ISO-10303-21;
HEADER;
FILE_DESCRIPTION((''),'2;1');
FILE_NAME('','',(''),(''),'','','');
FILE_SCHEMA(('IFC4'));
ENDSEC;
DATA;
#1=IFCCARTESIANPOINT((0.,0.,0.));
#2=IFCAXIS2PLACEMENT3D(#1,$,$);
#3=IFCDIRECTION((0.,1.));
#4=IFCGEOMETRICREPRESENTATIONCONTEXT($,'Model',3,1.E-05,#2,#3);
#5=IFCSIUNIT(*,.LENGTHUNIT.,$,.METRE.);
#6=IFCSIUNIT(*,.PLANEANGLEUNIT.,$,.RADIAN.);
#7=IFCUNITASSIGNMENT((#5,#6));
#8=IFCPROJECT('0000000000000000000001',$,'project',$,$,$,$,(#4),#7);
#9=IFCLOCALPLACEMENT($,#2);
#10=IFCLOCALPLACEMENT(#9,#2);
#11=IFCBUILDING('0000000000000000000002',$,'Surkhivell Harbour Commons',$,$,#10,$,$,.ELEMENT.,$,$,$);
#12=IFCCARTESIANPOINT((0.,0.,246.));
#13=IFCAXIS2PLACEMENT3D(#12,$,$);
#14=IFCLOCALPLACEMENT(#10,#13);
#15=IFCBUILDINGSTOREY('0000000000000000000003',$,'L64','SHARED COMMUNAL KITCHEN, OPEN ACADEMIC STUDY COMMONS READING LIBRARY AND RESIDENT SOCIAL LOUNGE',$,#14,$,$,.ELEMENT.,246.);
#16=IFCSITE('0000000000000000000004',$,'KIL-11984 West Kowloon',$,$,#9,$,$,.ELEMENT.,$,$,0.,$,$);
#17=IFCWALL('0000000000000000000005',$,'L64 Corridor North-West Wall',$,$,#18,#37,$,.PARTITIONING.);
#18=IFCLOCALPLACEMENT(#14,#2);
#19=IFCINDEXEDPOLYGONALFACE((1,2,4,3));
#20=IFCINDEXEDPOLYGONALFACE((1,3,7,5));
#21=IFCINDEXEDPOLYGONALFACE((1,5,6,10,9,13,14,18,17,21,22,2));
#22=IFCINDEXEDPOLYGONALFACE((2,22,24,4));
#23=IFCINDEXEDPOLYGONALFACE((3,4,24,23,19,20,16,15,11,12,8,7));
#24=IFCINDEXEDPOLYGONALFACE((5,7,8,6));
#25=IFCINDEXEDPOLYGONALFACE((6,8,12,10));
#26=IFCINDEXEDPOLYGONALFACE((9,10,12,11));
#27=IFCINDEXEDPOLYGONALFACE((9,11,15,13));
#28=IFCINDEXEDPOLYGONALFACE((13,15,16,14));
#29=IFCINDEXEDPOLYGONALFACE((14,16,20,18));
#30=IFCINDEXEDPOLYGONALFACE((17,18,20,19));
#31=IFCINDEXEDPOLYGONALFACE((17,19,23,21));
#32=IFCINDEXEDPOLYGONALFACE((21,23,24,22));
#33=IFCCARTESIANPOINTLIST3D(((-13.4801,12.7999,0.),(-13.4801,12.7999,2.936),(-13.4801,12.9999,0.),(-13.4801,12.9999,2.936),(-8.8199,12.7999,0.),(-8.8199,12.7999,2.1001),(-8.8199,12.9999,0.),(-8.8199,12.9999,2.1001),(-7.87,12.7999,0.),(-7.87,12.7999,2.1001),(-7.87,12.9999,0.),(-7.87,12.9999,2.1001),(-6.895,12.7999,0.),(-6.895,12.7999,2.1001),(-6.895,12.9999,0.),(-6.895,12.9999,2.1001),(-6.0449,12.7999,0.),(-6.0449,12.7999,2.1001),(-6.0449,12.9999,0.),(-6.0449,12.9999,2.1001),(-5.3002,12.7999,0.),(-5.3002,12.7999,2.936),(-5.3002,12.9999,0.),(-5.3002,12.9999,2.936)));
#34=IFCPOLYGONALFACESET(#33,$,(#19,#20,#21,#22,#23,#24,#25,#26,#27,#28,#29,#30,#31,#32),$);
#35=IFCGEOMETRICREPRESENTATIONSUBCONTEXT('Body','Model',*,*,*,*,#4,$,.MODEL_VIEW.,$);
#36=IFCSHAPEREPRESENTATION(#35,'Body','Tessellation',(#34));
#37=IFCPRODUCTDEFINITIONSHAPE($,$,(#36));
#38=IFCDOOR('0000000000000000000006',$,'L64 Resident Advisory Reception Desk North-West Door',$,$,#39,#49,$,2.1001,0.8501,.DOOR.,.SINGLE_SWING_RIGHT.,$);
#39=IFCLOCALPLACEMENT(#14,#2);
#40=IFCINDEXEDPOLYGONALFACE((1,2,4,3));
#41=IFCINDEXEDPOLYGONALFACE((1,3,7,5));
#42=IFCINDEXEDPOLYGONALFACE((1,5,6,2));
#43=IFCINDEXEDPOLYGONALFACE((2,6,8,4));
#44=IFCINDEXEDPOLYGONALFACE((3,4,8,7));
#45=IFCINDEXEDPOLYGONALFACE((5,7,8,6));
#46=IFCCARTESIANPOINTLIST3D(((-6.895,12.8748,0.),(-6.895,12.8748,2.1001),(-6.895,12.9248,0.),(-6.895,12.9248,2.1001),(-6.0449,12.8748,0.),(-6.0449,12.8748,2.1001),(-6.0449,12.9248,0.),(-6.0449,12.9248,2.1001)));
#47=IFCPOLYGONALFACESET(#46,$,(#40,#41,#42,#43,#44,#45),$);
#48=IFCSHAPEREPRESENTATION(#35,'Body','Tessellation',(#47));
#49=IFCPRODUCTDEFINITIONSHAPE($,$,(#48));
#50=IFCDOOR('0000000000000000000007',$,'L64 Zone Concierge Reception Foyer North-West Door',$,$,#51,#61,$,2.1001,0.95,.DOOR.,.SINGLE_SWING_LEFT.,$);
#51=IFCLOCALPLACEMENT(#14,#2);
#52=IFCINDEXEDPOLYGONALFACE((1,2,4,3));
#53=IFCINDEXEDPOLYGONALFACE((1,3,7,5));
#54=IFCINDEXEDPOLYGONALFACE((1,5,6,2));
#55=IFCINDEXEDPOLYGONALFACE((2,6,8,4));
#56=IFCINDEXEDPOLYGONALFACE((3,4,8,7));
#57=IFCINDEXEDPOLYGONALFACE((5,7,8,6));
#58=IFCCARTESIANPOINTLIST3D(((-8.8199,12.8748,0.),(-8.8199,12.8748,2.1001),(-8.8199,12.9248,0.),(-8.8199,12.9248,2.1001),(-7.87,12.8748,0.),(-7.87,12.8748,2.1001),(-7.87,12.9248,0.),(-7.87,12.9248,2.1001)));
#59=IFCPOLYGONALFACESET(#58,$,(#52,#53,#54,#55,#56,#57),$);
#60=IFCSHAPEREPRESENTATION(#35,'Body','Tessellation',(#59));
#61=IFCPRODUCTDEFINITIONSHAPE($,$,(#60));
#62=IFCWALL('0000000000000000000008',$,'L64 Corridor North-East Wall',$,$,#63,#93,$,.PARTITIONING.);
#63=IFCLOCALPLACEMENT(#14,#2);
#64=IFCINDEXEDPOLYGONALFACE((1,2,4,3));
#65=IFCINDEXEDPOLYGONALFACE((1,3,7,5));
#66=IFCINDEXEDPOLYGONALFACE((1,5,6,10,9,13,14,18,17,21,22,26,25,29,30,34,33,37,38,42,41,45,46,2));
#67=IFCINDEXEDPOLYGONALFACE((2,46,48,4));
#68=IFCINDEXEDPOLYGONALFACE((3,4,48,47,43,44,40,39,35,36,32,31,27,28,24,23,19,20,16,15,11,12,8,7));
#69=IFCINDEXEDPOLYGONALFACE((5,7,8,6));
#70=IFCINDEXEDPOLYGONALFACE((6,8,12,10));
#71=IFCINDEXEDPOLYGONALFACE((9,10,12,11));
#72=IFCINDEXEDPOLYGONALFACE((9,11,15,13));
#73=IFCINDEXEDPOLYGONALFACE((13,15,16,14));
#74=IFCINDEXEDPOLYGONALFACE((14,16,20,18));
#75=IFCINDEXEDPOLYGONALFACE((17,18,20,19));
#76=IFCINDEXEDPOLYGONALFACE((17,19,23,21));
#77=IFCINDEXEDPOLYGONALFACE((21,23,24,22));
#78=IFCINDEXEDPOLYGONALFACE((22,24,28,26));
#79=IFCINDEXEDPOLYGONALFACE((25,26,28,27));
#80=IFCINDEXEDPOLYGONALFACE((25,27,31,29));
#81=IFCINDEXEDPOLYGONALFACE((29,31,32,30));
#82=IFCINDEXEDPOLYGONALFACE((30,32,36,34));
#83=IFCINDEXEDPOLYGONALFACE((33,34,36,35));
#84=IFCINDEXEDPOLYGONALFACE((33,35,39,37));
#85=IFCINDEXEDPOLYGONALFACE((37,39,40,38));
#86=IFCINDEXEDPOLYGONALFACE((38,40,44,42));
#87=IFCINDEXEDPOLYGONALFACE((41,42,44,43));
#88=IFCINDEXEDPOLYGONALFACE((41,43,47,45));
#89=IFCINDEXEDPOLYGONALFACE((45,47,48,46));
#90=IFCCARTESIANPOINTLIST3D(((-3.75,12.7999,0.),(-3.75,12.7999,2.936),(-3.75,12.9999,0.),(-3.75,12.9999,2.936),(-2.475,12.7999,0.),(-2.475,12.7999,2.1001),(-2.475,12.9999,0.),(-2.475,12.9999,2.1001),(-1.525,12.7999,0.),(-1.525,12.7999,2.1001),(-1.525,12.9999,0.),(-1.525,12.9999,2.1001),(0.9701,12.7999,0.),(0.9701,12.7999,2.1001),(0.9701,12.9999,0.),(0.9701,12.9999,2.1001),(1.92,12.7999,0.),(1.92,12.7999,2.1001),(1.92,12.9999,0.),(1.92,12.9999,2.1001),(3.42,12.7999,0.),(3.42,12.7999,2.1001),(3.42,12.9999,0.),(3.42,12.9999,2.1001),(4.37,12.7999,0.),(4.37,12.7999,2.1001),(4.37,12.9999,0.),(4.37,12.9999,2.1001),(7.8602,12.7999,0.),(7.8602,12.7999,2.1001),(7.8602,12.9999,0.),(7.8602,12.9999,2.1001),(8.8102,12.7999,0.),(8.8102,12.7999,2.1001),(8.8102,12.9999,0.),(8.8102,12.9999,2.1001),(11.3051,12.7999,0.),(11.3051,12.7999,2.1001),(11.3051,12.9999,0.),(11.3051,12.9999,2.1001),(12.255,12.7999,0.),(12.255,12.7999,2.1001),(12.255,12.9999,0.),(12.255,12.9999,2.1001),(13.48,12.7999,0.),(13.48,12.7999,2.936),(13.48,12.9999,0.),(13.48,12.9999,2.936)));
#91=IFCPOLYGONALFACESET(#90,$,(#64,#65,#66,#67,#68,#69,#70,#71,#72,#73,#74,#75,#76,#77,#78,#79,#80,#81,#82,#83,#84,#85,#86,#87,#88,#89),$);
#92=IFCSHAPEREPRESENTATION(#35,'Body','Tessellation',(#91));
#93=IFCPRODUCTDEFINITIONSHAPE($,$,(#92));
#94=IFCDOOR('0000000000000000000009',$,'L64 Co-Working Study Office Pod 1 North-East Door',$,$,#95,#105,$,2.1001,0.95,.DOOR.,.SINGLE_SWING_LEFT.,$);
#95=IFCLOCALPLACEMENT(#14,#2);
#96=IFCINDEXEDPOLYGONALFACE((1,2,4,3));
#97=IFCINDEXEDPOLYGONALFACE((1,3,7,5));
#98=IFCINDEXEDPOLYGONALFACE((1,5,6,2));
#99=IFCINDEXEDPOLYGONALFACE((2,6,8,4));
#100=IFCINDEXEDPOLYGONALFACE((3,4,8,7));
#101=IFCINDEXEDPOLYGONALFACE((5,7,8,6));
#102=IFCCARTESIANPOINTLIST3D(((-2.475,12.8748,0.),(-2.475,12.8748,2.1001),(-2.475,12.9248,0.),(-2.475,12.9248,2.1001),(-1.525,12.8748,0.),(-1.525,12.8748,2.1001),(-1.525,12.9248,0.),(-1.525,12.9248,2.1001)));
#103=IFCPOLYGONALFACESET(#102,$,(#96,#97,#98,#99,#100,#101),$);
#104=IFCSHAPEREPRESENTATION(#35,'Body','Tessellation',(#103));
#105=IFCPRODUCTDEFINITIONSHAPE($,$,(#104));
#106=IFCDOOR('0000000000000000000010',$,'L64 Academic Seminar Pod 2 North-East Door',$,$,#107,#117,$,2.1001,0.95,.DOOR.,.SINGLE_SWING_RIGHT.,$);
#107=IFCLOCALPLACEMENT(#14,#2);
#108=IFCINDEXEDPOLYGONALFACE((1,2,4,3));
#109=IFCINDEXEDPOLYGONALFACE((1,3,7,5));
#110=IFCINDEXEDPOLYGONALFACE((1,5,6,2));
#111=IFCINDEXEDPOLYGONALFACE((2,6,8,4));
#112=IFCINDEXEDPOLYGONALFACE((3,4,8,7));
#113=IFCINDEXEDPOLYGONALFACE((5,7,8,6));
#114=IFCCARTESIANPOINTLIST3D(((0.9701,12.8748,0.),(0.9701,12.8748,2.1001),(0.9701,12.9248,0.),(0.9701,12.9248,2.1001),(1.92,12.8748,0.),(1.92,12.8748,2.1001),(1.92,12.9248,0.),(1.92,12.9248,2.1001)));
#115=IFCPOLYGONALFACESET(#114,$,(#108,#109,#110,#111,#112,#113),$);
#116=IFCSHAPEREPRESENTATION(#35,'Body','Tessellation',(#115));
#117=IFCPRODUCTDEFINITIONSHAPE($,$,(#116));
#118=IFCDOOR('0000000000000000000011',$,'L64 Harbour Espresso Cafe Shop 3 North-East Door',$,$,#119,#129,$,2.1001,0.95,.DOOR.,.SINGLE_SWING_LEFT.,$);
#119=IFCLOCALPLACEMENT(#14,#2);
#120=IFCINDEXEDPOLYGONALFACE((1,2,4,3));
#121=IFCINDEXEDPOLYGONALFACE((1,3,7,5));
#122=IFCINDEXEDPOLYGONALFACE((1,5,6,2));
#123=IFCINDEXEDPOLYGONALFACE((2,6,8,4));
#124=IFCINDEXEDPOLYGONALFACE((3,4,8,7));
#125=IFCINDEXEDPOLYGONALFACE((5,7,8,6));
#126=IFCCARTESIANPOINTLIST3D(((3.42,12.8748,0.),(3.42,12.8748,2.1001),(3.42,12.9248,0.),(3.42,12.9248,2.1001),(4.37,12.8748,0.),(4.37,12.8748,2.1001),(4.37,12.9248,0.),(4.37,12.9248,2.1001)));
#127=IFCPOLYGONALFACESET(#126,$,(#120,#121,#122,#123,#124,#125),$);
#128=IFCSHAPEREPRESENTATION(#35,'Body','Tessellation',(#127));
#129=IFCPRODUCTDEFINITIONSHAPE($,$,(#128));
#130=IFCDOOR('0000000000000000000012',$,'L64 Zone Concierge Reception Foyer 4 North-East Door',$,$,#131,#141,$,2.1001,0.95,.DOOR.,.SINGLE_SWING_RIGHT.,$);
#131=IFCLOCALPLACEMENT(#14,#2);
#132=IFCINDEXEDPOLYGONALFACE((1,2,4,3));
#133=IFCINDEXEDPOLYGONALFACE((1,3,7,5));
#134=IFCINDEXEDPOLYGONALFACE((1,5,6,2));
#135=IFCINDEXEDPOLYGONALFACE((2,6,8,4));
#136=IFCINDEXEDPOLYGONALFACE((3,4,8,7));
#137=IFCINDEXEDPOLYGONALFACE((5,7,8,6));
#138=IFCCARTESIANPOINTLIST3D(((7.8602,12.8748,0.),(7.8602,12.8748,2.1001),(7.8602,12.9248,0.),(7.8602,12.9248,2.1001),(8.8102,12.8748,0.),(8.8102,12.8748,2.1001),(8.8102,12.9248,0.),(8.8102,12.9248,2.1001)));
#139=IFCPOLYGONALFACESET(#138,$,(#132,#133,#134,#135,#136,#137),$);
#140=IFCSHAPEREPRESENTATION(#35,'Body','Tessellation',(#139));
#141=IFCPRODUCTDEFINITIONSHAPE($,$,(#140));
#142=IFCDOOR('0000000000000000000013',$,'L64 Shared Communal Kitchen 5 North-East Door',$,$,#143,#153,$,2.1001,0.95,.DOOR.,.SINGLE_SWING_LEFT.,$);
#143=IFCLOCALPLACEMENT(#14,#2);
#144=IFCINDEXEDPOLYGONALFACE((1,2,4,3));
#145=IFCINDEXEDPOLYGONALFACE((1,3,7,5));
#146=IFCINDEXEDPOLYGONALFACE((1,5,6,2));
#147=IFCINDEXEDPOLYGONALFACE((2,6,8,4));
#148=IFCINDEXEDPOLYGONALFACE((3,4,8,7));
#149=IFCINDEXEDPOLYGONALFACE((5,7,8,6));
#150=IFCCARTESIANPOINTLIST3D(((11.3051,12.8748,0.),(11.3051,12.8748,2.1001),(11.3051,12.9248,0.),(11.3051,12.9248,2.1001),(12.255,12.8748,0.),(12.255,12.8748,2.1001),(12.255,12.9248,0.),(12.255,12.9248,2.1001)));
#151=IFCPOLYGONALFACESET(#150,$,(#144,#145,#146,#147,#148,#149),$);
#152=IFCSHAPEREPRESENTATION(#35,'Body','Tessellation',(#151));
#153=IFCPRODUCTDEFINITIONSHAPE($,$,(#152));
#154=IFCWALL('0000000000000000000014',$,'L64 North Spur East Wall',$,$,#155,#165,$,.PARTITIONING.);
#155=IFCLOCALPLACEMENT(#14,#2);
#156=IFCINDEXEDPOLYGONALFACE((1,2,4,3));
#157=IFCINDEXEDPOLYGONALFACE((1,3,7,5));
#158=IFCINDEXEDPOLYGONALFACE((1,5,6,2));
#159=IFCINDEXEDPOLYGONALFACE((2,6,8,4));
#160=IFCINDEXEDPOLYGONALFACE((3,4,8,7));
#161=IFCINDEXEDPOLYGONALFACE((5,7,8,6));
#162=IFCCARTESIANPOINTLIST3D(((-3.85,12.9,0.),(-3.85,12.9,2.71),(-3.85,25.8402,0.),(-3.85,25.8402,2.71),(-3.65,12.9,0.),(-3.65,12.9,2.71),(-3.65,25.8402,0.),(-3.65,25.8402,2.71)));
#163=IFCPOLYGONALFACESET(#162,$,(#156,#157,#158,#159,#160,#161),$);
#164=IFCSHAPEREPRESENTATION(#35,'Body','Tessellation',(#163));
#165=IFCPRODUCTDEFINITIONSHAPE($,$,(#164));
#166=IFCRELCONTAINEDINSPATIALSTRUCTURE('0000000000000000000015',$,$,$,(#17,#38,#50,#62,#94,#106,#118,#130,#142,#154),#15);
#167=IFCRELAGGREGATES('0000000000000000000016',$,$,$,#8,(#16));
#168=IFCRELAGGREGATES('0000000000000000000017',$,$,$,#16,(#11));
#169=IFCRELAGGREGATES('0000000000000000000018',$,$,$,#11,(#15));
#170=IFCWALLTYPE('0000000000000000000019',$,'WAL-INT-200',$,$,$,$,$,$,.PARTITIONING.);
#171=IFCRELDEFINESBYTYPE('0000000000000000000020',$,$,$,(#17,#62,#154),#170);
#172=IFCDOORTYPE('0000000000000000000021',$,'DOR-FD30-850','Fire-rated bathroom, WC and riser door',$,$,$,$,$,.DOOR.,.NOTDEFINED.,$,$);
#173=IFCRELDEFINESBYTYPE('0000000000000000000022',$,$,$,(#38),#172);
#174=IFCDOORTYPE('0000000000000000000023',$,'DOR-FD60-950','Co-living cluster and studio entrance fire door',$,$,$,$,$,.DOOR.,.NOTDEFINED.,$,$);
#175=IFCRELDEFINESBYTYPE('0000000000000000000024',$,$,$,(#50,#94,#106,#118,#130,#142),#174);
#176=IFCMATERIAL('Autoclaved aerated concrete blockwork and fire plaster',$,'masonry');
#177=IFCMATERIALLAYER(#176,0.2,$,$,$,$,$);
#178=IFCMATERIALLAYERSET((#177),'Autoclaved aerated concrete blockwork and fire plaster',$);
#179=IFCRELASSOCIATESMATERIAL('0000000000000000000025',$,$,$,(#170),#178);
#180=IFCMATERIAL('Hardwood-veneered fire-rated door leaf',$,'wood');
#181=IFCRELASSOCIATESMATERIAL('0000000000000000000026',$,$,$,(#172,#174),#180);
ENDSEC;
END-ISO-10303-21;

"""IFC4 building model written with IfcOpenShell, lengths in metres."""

from ifc_helpers import new_model, si_unit, direction, frame, frame_2d, origin, place, context, subcontext, project, spatial, rectangle, extrude, material, layer, layer_set, type_object, element, fill, save


model = new_model("IFC4")

# Units and contexts
model_context = context("Model", 3, precision=1e-05, world=origin(), true_north=direction((0.0, 1.0)))
body_context = subcontext(model_context, "Body", "Model", "MODEL_VIEW")
ifc_project = project(units=[si_unit("LENGTHUNIT", "METRE"), si_unit("PLANEANGLEUNIT", "RADIAN")], contexts=[model_context])

# Site, building, storey
site_placement = place(None, origin())
site = spatial("IfcSite", under=ifc_project, at=site_placement, Name="KIL-11984 West Kowloon", CompositionType="ELEMENT", RefElevation=0.0)
building_placement = place(site_placement, origin())
building = spatial("IfcBuilding", under=site, at=building_placement, Name="Surkhivell Harbour Commons", CompositionType="ELEMENT")
storey_placement = place(building_placement, frame((0.0, 0.0, 246.0)))
storey = spatial("IfcBuildingStorey", under=building, at=storey_placement, Name="L64", Description="SHARED COMMUNAL KITCHEN, OPEN ACADEMIC STUDY COMMONS READING LIBRARY AND RESIDENT SOCIAL LOUNGE", CompositionType="ELEMENT", Elevation=246.0)

# Shared definitions
ifc_material_1 = material(Name="Hardwood-veneered fire-rated door leaf", Category="wood")

# Walls, openings, doors
ifc_material_2 = material(Name="Autoclaved aerated concrete blockwork and fire plaster", Category="masonry")
ifc_layer_1 = layer(ifc_material_2, 0.2)
ifc_layer_set_1 = layer_set([ifc_layer_1], Name="Autoclaved aerated concrete blockwork and fire plaster")
wall_type_1 = type_object("IfcWallType", Name="WAL-INT-200", PredefinedType="PARTITIONING", material=ifc_layer_set_1)
wall_1_placement = place(storey_placement, frame((-13.48, 12.8999, 0.0), z_axis=(0.0, 0.0, 1.0), x_axis=(1.0, 0.0, 0.0)))
wall_1 = element("IfcWall", 1, at=wall_1_placement, inside=storey, type_object=wall_type_1, Name="L64 Corridor North-West Wall", PredefinedType="PARTITIONING", context=body_context, shape_type="SweptSolid", body=[
    extrude(rectangle(XDim=8.1799, YDim=0.2, at=frame_2d((4.0898, 0.0))), origin(), (0.0, 0.0, 1.0), 2.936),
])
opening_1_placement = place(wall_1_placement, frame((4.6599, 0.0, 0.0)))
opening_1 = element("IfcOpeningElement", 2, at=opening_1_placement, cuts=wall_1, PredefinedType="OPENING", context=body_context, shape_type="SweptSolid", body=[
    extrude(rectangle(XDim=0.95, YDim=2.1001, at=frame_2d((0.4751, 1.05))), frame((0.0, 0.1099, 0.0), z_axis=(0.0, -1.0, 0.0), x_axis=(1.0, 0.0, 0.0)), (0.0, 0.0, 1.0), 0.22),
])
opening_2_placement = place(wall_1_placement, frame((6.585, 0.0, 0.0)))
opening_2 = element("IfcOpeningElement", 3, at=opening_2_placement, cuts=wall_1, PredefinedType="OPENING", context=body_context, shape_type="SweptSolid", body=[
    extrude(rectangle(XDim=0.8501, YDim=2.1001, at=frame_2d((0.425, 1.05))), frame((0.0, 0.1099, 0.0), z_axis=(0.0, -1.0, 0.0), x_axis=(1.0, 0.0, 0.0)), (0.0, 0.0, 1.0), 0.22),
])
door_type_1 = type_object("IfcDoorType", Name="DOR-FD30-850", Description="Fire-rated bathroom, WC and riser door", OperationType="NOTDEFINED", PredefinedType="DOOR", material=ifc_material_1)
door_1_placement = place(opening_2_placement, origin())
door_1 = element("IfcDoor", 4, at=door_1_placement, inside=storey, type_object=door_type_1, Name="L64 Resident Advisory Reception Desk North-West Door", OperationType="SINGLE_SWING_RIGHT", OverallHeight=2.1001, OverallWidth=0.8501, PredefinedType="DOOR", context=body_context, shape_type="SweptSolid", body=[
    extrude(rectangle(XDim=0.8501, YDim=2.1001, at=frame_2d((0.425, 1.05))), frame((0.0, 0.0249, 0.0), z_axis=(0.0, -1.0, 0.0), x_axis=(1.0, 0.0, 0.0)), (0.0, 0.0, 1.0), 0.05),
])
fill(opening_2, door_1)
door_type_2 = type_object("IfcDoorType", Name="DOR-FD60-950", Description="Co-living cluster and studio entrance fire door", OperationType="NOTDEFINED", PredefinedType="DOOR", material=ifc_material_1)
door_2_placement = place(opening_1_placement, origin())
door_2 = element("IfcDoor", 5, at=door_2_placement, inside=storey, type_object=door_type_2, Name="L64 Zone Concierge Reception Foyer North-West Door", OperationType="SINGLE_SWING_LEFT", OverallHeight=2.1001, OverallWidth=0.95, PredefinedType="DOOR", context=body_context, shape_type="SweptSolid", body=[
    extrude(rectangle(XDim=0.95, YDim=2.1001, at=frame_2d((0.4751, 1.05))), frame((0.0, 0.0249, 0.0), z_axis=(0.0, -1.0, 0.0), x_axis=(1.0, 0.0, 0.0)), (0.0, 0.0, 1.0), 0.05),
])
fill(opening_1, door_2)
wall_2_placement = place(storey_placement, frame((-3.75, 12.8999, 0.0), z_axis=(0.0, 0.0, 1.0), x_axis=(1.0, 0.0, 0.0)))
wall_2 = element("IfcWall", 6, at=wall_2_placement, inside=storey, type_object=wall_type_1, Name="L64 Corridor North-East Wall", PredefinedType="PARTITIONING", context=body_context, shape_type="SweptSolid", body=[
    extrude(rectangle(XDim=17.23, YDim=0.2, at=frame_2d((8.615, 0.0))), origin(), (0.0, 0.0, 1.0), 2.936),
])
opening_3_placement = place(wall_2_placement, frame((1.2749, 0.0, 0.0)))
opening_3 = element("IfcOpeningElement", 7, at=opening_3_placement, cuts=wall_2, PredefinedType="OPENING", context=body_context, shape_type="SweptSolid", body=[
    extrude(rectangle(XDim=0.95, YDim=2.1001, at=frame_2d((0.4751, 1.05))), frame((0.0, 0.1099, 0.0), z_axis=(0.0, -1.0, 0.0), x_axis=(1.0, 0.0, 0.0)), (0.0, 0.0, 1.0), 0.22),
])
opening_4_placement = place(wall_2_placement, frame((4.72, 0.0, 0.0)))
opening_4 = element("IfcOpeningElement", 8, at=opening_4_placement, cuts=wall_2, PredefinedType="OPENING", context=body_context, shape_type="SweptSolid", body=[
    extrude(rectangle(XDim=0.95, YDim=2.1001, at=frame_2d((0.4751, 1.05))), frame((0.0, 0.1099, 0.0), z_axis=(0.0, -1.0, 0.0), x_axis=(1.0, 0.0, 0.0)), (0.0, 0.0, 1.0), 0.22),
])
opening_5_placement = place(wall_2_placement, frame((7.1699, 0.0, 0.0)))
opening_5 = element("IfcOpeningElement", 9, at=opening_5_placement, cuts=wall_2, PredefinedType="OPENING", context=body_context, shape_type="SweptSolid", body=[
    extrude(rectangle(XDim=0.95, YDim=2.1001, at=frame_2d((0.4751, 1.05))), frame((0.0, 0.1099, 0.0), z_axis=(0.0, -1.0, 0.0), x_axis=(1.0, 0.0, 0.0)), (0.0, 0.0, 1.0), 0.22),
])
opening_6_placement = place(wall_2_placement, frame((11.6101, 0.0, 0.0)))
opening_6 = element("IfcOpeningElement", 10, at=opening_6_placement, cuts=wall_2, PredefinedType="OPENING", context=body_context, shape_type="SweptSolid", body=[
    extrude(rectangle(XDim=0.95, YDim=2.1001, at=frame_2d((0.4751, 1.05))), frame((0.0, 0.1099, 0.0), z_axis=(0.0, -1.0, 0.0), x_axis=(1.0, 0.0, 0.0)), (0.0, 0.0, 1.0), 0.22),
])
opening_7_placement = place(wall_2_placement, frame((15.0549, 0.0, 0.0)))
opening_7 = element("IfcOpeningElement", 11, at=opening_7_placement, cuts=wall_2, PredefinedType="OPENING", context=body_context, shape_type="SweptSolid", body=[
    extrude(rectangle(XDim=0.95, YDim=2.1001, at=frame_2d((0.4751, 1.05))), frame((0.0, 0.1099, 0.0), z_axis=(0.0, -1.0, 0.0), x_axis=(1.0, 0.0, 0.0)), (0.0, 0.0, 1.0), 0.22),
])
door_3_placement = place(opening_3_placement, origin())
door_3 = element("IfcDoor", 12, at=door_3_placement, inside=storey, type_object=door_type_2, Name="L64 Co-Working Study Office Pod 1 North-East Door", OperationType="SINGLE_SWING_LEFT", OverallHeight=2.1001, OverallWidth=0.95, PredefinedType="DOOR", context=body_context, shape_type="SweptSolid", body=[
    extrude(rectangle(XDim=0.95, YDim=2.1001, at=frame_2d((0.4751, 1.05))), frame((0.0, 0.0249, 0.0), z_axis=(0.0, -1.0, 0.0), x_axis=(1.0, 0.0, 0.0)), (0.0, 0.0, 1.0), 0.05),
])
fill(opening_3, door_3)
door_4_placement = place(opening_4_placement, origin())
door_4 = element("IfcDoor", 13, at=door_4_placement, inside=storey, type_object=door_type_2, Name="L64 Academic Seminar Pod 2 North-East Door", OperationType="SINGLE_SWING_RIGHT", OverallHeight=2.1001, OverallWidth=0.95, PredefinedType="DOOR", context=body_context, shape_type="SweptSolid", body=[
    extrude(rectangle(XDim=0.95, YDim=2.1001, at=frame_2d((0.4751, 1.05))), frame((0.0, 0.0249, 0.0), z_axis=(0.0, -1.0, 0.0), x_axis=(1.0, 0.0, 0.0)), (0.0, 0.0, 1.0), 0.05),
])
fill(opening_4, door_4)
door_5_placement = place(opening_5_placement, origin())
door_5 = element("IfcDoor", 14, at=door_5_placement, inside=storey, type_object=door_type_2, Name="L64 Harbour Espresso Cafe Shop 3 North-East Door", OperationType="SINGLE_SWING_LEFT", OverallHeight=2.1001, OverallWidth=0.95, PredefinedType="DOOR", context=body_context, shape_type="SweptSolid", body=[
    extrude(rectangle(XDim=0.95, YDim=2.1001, at=frame_2d((0.4751, 1.05))), frame((0.0, 0.0249, 0.0), z_axis=(0.0, -1.0, 0.0), x_axis=(1.0, 0.0, 0.0)), (0.0, 0.0, 1.0), 0.05),
])
fill(opening_5, door_5)
door_6_placement = place(opening_6_placement, origin())
door_6 = element("IfcDoor", 15, at=door_6_placement, inside=storey, type_object=door_type_2, Name="L64 Zone Concierge Reception Foyer 4 North-East Door", OperationType="SINGLE_SWING_RIGHT", OverallHeight=2.1001, OverallWidth=0.95, PredefinedType="DOOR", context=body_context, shape_type="SweptSolid", body=[
    extrude(rectangle(XDim=0.95, YDim=2.1001, at=frame_2d((0.4751, 1.05))), frame((0.0, 0.0249, 0.0), z_axis=(0.0, -1.0, 0.0), x_axis=(1.0, 0.0, 0.0)), (0.0, 0.0, 1.0), 0.05),
])
fill(opening_6, door_6)
door_7_placement = place(opening_7_placement, origin())
door_7 = element("IfcDoor", 16, at=door_7_placement, inside=storey, type_object=door_type_2, Name="L64 Shared Communal Kitchen 5 North-East Door", OperationType="SINGLE_SWING_LEFT", OverallHeight=2.1001, OverallWidth=0.95, PredefinedType="DOOR", context=body_context, shape_type="SweptSolid", body=[
    extrude(rectangle(XDim=0.95, YDim=2.1001, at=frame_2d((0.4751, 1.05))), frame((0.0, 0.0249, 0.0), z_axis=(0.0, -1.0, 0.0), x_axis=(1.0, 0.0, 0.0)), (0.0, 0.0, 1.0), 0.05),
])
fill(opening_7, door_7)

# Wall
for number, where, z_axis, x_axis, name in (
    (17, (-3.75, 12.8999, 0.0), (0.0, 0.0, 1.0), (0.0, 1.0, 0.0), "L64 North Spur East Wall"),
):
    element("IfcWall", number, at=place(storey_placement, frame(where, z_axis=z_axis, x_axis=x_axis)), inside=storey, type_object=wall_type_1, Name=name, PredefinedType="PARTITIONING", context=body_context, shape_type="SweptSolid", body=[
        extrude(rectangle(XDim=12.9402, YDim=0.2, at=frame_2d((6.4702, 0.0))), origin(), (0.0, 0.0, 1.0), 2.71),
    ])

save(model, "model.ifc")
